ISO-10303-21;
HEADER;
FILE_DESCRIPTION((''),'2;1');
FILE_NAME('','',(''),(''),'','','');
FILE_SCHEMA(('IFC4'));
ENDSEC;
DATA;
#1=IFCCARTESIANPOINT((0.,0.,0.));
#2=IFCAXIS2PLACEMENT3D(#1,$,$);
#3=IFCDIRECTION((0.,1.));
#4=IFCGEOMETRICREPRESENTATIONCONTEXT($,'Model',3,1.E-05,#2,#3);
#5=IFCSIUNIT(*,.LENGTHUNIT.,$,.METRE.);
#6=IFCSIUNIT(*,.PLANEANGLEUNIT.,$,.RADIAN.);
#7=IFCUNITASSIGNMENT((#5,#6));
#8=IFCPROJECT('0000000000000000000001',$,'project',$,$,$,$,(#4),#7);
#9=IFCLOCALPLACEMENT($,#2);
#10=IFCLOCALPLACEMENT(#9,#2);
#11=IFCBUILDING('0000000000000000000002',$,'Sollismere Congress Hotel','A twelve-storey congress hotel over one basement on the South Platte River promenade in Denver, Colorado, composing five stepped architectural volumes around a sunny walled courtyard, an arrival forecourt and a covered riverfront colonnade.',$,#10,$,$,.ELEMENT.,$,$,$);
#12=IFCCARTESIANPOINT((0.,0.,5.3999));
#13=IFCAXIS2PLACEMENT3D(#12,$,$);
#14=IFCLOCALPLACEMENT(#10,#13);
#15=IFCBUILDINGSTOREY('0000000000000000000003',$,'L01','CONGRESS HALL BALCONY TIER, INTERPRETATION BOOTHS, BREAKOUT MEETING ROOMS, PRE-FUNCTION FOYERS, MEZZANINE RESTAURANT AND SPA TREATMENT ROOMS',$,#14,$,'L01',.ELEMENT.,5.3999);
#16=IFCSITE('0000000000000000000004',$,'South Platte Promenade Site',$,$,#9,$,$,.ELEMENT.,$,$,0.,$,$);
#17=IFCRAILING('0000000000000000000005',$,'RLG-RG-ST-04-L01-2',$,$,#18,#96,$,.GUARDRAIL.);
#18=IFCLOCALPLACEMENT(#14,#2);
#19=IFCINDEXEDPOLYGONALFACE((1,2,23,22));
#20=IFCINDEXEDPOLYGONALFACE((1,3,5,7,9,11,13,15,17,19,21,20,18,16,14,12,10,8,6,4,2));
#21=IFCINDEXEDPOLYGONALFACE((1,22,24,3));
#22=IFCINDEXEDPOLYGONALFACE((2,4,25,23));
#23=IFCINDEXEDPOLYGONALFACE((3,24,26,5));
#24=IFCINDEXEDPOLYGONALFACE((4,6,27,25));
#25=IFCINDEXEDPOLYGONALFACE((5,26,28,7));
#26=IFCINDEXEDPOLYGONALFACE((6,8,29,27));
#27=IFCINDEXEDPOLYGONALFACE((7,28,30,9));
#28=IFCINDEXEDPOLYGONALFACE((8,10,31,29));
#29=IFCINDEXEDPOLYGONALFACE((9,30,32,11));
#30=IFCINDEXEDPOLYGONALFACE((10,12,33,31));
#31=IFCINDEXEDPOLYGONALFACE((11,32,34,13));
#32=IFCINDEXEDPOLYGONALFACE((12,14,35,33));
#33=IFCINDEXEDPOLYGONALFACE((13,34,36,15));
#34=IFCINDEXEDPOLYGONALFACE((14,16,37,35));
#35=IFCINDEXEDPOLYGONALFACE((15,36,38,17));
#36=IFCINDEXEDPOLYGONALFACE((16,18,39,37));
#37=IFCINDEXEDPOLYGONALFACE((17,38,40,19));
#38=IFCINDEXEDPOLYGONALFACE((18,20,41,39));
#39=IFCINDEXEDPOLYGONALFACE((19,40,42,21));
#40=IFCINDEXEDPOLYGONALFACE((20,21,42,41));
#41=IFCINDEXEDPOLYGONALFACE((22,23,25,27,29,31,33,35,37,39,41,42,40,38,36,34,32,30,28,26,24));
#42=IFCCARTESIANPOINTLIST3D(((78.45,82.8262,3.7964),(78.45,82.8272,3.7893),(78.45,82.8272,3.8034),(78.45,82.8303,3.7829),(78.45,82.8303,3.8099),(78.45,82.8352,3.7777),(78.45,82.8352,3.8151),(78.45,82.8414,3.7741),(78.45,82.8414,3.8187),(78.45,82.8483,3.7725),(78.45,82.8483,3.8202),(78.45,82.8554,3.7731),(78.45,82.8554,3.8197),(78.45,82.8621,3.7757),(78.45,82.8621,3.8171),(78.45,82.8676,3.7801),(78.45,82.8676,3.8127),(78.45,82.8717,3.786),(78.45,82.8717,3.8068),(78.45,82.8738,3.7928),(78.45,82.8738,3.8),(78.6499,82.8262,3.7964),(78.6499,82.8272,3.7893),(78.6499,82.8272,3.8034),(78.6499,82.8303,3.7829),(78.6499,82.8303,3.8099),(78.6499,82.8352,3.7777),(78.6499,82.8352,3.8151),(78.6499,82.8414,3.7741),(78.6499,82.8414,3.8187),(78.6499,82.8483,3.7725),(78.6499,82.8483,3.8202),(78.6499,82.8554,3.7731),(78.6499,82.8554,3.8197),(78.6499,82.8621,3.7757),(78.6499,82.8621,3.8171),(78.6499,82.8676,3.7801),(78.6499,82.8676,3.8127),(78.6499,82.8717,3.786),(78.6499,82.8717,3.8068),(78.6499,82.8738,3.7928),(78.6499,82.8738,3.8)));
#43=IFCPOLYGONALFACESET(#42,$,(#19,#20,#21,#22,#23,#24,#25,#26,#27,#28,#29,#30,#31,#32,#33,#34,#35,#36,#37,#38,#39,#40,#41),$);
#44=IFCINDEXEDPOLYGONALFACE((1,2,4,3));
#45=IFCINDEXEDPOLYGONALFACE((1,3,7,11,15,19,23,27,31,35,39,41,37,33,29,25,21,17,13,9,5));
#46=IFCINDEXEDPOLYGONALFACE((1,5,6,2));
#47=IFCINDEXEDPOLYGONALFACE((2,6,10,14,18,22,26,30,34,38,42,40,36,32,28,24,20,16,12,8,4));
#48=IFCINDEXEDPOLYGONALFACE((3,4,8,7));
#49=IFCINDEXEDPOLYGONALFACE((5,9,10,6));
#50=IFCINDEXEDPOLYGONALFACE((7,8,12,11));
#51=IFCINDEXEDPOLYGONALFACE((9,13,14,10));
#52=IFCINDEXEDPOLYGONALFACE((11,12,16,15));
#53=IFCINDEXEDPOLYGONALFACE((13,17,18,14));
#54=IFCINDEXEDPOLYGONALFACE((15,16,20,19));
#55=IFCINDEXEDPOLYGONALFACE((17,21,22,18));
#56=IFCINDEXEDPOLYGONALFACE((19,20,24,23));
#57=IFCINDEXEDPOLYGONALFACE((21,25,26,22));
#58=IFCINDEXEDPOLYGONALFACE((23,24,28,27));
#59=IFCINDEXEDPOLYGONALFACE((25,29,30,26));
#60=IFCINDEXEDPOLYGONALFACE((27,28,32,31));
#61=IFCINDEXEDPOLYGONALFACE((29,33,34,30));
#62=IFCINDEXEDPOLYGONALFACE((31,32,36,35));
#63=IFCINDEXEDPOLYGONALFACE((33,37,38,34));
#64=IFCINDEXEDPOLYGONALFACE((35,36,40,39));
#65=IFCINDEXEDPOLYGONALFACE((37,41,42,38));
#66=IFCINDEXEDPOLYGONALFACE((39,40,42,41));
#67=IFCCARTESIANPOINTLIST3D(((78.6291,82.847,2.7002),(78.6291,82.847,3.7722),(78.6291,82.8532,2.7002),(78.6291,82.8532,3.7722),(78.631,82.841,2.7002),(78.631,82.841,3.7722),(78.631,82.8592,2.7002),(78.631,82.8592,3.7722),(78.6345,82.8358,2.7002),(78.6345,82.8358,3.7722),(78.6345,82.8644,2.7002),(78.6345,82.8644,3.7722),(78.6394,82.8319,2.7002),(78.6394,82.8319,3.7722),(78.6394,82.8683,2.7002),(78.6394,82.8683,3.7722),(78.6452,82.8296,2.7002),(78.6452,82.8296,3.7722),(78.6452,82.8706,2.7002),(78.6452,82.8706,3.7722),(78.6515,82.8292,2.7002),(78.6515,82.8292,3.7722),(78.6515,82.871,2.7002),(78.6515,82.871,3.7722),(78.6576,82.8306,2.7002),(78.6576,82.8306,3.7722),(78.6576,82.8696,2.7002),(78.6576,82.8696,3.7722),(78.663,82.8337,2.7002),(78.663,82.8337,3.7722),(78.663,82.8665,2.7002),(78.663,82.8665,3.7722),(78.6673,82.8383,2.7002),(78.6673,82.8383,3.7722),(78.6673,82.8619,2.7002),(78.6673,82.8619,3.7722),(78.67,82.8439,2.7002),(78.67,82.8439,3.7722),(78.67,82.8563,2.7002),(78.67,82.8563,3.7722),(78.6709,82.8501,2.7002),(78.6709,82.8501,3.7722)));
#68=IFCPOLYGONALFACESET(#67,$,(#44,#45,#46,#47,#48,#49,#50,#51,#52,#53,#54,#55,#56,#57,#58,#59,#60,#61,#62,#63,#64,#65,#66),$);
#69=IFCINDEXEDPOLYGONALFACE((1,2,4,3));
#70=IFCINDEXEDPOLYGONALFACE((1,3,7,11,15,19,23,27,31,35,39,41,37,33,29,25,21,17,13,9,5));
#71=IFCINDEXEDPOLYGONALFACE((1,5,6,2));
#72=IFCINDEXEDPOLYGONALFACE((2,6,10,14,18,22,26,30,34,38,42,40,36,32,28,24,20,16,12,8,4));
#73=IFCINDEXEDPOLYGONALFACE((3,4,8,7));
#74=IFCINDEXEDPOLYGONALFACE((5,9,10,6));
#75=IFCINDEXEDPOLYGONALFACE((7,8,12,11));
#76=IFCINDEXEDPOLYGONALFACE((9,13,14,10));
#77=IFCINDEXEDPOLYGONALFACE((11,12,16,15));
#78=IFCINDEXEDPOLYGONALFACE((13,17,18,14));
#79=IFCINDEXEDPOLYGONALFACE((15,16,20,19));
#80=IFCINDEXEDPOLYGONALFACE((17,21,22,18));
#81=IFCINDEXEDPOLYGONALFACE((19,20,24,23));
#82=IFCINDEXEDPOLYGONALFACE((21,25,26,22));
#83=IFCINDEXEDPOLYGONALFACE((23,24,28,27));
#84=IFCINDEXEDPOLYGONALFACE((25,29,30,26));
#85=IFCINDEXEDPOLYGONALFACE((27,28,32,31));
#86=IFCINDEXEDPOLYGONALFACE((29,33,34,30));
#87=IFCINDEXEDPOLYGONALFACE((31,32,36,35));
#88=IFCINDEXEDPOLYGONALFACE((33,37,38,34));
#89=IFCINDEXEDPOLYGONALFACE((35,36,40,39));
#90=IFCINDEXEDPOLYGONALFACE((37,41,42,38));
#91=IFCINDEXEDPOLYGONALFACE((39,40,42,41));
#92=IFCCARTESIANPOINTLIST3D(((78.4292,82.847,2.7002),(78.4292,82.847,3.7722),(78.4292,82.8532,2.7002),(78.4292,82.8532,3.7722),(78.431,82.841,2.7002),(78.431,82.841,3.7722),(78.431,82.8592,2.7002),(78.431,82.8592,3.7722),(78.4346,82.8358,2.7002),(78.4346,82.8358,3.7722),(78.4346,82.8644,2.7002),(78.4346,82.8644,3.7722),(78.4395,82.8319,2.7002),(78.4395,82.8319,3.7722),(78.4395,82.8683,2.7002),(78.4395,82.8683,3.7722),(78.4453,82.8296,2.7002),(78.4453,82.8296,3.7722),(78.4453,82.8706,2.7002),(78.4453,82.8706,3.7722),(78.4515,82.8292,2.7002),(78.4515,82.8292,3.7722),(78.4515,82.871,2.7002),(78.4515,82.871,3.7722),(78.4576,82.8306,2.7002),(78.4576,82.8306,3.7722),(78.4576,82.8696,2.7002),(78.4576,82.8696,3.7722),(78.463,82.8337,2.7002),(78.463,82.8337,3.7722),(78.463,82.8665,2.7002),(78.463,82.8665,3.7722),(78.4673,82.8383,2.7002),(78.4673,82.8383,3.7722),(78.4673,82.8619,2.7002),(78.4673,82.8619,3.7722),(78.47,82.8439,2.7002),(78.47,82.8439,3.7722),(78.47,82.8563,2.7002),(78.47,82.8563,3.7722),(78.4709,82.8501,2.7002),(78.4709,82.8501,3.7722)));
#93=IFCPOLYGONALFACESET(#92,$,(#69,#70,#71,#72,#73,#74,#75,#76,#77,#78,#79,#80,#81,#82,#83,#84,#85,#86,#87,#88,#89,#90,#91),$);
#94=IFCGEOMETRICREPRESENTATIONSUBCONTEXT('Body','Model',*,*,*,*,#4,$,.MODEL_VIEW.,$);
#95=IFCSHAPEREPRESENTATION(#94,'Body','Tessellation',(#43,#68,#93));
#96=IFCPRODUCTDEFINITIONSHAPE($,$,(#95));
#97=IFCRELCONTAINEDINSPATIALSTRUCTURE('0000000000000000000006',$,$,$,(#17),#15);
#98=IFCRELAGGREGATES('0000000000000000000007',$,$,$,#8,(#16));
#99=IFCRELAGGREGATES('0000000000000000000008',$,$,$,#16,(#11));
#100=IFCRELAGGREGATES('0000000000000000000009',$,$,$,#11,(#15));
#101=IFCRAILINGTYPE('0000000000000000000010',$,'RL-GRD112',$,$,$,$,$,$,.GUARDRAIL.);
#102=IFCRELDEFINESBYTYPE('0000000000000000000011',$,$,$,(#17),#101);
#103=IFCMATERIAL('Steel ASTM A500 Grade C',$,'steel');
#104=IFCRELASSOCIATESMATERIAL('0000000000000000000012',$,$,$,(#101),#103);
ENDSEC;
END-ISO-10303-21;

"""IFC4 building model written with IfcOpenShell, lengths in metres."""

from ifc_helpers import new_model, si_unit, direction, frame, origin, origin_2d, place, context, subcontext, project, spatial, circle, extrude, material, type_object, element, save


model = new_model("IFC4")

# Units and contexts
model_context = context("Model", 3, precision=1e-05, world=origin(), true_north=direction((0.0, 1.0)))
body_context = subcontext(model_context, "Body", "Model", "MODEL_VIEW")
ifc_project = project(units=[si_unit("LENGTHUNIT", "METRE"), si_unit("PLANEANGLEUNIT", "RADIAN")], contexts=[model_context])

# Site, building, storey
site_placement = place(None, origin())
site = spatial("IfcSite", under=ifc_project, at=site_placement, Name="South Platte Promenade Site", CompositionType="ELEMENT", RefElevation=0.0)
building_placement = place(site_placement, origin())
building = spatial("IfcBuilding", under=site, at=building_placement, Name="Sollismere Congress Hotel", Description="A twelve-storey congress hotel over one basement on the South Platte River promenade in Denver, Colorado, composing five stepped architectural volumes around a sunny walled courtyard, an arrival forecourt and a covered riverfront colonnade.", CompositionType="ELEMENT")
storey_placement = place(building_placement, frame((0.0, 0.0, 5.3999)))
storey = spatial("IfcBuildingStorey", under=building, at=storey_placement, Name="L01", Description="CONGRESS HALL BALCONY TIER, INTERPRETATION BOOTHS, BREAKOUT MEETING ROOMS, PRE-FUNCTION FOYERS, MEZZANINE RESTAURANT AND SPA TREATMENT ROOMS", LongName="L01", CompositionType="ELEMENT", Elevation=5.3999)

# Railing
ifc_material_1 = material(Name="Steel ASTM A500 Grade C", Category="steel")
railing_type_1 = type_object("IfcRailingType", Name="RL-GRD112", PredefinedType="GUARDRAIL", material=ifc_material_1)
railing_1_placement = place(storey_placement, frame((78.6499, 82.8501, 2.7002)))
element("IfcRailing", 1, at=railing_1_placement, inside=storey, type_object=railing_type_1, Name="RLG-RG-ST-04-L01-2", PredefinedType="GUARDRAIL", context=body_context, shape_type="SweptSolid", body=[
    extrude(circle(Radius=0.0239, at=origin_2d()), frame((0.0, 0.0, 1.0962), z_axis=(-1.0, 0.0, 0.0), x_axis=(0.0, -1.0, 0.0)), (0.0, 0.0, 1.0), 0.2),
    extrude(circle(Radius=0.021, at=origin_2d()), origin(), (0.0, 0.0, 1.0), 1.072),
    extrude(circle(Radius=0.021, at=origin_2d()), frame((-0.2, 0.0, 0.0)), (0.0, 0.0, 1.0), 1.072),
])

save(model, "model.ifc")
